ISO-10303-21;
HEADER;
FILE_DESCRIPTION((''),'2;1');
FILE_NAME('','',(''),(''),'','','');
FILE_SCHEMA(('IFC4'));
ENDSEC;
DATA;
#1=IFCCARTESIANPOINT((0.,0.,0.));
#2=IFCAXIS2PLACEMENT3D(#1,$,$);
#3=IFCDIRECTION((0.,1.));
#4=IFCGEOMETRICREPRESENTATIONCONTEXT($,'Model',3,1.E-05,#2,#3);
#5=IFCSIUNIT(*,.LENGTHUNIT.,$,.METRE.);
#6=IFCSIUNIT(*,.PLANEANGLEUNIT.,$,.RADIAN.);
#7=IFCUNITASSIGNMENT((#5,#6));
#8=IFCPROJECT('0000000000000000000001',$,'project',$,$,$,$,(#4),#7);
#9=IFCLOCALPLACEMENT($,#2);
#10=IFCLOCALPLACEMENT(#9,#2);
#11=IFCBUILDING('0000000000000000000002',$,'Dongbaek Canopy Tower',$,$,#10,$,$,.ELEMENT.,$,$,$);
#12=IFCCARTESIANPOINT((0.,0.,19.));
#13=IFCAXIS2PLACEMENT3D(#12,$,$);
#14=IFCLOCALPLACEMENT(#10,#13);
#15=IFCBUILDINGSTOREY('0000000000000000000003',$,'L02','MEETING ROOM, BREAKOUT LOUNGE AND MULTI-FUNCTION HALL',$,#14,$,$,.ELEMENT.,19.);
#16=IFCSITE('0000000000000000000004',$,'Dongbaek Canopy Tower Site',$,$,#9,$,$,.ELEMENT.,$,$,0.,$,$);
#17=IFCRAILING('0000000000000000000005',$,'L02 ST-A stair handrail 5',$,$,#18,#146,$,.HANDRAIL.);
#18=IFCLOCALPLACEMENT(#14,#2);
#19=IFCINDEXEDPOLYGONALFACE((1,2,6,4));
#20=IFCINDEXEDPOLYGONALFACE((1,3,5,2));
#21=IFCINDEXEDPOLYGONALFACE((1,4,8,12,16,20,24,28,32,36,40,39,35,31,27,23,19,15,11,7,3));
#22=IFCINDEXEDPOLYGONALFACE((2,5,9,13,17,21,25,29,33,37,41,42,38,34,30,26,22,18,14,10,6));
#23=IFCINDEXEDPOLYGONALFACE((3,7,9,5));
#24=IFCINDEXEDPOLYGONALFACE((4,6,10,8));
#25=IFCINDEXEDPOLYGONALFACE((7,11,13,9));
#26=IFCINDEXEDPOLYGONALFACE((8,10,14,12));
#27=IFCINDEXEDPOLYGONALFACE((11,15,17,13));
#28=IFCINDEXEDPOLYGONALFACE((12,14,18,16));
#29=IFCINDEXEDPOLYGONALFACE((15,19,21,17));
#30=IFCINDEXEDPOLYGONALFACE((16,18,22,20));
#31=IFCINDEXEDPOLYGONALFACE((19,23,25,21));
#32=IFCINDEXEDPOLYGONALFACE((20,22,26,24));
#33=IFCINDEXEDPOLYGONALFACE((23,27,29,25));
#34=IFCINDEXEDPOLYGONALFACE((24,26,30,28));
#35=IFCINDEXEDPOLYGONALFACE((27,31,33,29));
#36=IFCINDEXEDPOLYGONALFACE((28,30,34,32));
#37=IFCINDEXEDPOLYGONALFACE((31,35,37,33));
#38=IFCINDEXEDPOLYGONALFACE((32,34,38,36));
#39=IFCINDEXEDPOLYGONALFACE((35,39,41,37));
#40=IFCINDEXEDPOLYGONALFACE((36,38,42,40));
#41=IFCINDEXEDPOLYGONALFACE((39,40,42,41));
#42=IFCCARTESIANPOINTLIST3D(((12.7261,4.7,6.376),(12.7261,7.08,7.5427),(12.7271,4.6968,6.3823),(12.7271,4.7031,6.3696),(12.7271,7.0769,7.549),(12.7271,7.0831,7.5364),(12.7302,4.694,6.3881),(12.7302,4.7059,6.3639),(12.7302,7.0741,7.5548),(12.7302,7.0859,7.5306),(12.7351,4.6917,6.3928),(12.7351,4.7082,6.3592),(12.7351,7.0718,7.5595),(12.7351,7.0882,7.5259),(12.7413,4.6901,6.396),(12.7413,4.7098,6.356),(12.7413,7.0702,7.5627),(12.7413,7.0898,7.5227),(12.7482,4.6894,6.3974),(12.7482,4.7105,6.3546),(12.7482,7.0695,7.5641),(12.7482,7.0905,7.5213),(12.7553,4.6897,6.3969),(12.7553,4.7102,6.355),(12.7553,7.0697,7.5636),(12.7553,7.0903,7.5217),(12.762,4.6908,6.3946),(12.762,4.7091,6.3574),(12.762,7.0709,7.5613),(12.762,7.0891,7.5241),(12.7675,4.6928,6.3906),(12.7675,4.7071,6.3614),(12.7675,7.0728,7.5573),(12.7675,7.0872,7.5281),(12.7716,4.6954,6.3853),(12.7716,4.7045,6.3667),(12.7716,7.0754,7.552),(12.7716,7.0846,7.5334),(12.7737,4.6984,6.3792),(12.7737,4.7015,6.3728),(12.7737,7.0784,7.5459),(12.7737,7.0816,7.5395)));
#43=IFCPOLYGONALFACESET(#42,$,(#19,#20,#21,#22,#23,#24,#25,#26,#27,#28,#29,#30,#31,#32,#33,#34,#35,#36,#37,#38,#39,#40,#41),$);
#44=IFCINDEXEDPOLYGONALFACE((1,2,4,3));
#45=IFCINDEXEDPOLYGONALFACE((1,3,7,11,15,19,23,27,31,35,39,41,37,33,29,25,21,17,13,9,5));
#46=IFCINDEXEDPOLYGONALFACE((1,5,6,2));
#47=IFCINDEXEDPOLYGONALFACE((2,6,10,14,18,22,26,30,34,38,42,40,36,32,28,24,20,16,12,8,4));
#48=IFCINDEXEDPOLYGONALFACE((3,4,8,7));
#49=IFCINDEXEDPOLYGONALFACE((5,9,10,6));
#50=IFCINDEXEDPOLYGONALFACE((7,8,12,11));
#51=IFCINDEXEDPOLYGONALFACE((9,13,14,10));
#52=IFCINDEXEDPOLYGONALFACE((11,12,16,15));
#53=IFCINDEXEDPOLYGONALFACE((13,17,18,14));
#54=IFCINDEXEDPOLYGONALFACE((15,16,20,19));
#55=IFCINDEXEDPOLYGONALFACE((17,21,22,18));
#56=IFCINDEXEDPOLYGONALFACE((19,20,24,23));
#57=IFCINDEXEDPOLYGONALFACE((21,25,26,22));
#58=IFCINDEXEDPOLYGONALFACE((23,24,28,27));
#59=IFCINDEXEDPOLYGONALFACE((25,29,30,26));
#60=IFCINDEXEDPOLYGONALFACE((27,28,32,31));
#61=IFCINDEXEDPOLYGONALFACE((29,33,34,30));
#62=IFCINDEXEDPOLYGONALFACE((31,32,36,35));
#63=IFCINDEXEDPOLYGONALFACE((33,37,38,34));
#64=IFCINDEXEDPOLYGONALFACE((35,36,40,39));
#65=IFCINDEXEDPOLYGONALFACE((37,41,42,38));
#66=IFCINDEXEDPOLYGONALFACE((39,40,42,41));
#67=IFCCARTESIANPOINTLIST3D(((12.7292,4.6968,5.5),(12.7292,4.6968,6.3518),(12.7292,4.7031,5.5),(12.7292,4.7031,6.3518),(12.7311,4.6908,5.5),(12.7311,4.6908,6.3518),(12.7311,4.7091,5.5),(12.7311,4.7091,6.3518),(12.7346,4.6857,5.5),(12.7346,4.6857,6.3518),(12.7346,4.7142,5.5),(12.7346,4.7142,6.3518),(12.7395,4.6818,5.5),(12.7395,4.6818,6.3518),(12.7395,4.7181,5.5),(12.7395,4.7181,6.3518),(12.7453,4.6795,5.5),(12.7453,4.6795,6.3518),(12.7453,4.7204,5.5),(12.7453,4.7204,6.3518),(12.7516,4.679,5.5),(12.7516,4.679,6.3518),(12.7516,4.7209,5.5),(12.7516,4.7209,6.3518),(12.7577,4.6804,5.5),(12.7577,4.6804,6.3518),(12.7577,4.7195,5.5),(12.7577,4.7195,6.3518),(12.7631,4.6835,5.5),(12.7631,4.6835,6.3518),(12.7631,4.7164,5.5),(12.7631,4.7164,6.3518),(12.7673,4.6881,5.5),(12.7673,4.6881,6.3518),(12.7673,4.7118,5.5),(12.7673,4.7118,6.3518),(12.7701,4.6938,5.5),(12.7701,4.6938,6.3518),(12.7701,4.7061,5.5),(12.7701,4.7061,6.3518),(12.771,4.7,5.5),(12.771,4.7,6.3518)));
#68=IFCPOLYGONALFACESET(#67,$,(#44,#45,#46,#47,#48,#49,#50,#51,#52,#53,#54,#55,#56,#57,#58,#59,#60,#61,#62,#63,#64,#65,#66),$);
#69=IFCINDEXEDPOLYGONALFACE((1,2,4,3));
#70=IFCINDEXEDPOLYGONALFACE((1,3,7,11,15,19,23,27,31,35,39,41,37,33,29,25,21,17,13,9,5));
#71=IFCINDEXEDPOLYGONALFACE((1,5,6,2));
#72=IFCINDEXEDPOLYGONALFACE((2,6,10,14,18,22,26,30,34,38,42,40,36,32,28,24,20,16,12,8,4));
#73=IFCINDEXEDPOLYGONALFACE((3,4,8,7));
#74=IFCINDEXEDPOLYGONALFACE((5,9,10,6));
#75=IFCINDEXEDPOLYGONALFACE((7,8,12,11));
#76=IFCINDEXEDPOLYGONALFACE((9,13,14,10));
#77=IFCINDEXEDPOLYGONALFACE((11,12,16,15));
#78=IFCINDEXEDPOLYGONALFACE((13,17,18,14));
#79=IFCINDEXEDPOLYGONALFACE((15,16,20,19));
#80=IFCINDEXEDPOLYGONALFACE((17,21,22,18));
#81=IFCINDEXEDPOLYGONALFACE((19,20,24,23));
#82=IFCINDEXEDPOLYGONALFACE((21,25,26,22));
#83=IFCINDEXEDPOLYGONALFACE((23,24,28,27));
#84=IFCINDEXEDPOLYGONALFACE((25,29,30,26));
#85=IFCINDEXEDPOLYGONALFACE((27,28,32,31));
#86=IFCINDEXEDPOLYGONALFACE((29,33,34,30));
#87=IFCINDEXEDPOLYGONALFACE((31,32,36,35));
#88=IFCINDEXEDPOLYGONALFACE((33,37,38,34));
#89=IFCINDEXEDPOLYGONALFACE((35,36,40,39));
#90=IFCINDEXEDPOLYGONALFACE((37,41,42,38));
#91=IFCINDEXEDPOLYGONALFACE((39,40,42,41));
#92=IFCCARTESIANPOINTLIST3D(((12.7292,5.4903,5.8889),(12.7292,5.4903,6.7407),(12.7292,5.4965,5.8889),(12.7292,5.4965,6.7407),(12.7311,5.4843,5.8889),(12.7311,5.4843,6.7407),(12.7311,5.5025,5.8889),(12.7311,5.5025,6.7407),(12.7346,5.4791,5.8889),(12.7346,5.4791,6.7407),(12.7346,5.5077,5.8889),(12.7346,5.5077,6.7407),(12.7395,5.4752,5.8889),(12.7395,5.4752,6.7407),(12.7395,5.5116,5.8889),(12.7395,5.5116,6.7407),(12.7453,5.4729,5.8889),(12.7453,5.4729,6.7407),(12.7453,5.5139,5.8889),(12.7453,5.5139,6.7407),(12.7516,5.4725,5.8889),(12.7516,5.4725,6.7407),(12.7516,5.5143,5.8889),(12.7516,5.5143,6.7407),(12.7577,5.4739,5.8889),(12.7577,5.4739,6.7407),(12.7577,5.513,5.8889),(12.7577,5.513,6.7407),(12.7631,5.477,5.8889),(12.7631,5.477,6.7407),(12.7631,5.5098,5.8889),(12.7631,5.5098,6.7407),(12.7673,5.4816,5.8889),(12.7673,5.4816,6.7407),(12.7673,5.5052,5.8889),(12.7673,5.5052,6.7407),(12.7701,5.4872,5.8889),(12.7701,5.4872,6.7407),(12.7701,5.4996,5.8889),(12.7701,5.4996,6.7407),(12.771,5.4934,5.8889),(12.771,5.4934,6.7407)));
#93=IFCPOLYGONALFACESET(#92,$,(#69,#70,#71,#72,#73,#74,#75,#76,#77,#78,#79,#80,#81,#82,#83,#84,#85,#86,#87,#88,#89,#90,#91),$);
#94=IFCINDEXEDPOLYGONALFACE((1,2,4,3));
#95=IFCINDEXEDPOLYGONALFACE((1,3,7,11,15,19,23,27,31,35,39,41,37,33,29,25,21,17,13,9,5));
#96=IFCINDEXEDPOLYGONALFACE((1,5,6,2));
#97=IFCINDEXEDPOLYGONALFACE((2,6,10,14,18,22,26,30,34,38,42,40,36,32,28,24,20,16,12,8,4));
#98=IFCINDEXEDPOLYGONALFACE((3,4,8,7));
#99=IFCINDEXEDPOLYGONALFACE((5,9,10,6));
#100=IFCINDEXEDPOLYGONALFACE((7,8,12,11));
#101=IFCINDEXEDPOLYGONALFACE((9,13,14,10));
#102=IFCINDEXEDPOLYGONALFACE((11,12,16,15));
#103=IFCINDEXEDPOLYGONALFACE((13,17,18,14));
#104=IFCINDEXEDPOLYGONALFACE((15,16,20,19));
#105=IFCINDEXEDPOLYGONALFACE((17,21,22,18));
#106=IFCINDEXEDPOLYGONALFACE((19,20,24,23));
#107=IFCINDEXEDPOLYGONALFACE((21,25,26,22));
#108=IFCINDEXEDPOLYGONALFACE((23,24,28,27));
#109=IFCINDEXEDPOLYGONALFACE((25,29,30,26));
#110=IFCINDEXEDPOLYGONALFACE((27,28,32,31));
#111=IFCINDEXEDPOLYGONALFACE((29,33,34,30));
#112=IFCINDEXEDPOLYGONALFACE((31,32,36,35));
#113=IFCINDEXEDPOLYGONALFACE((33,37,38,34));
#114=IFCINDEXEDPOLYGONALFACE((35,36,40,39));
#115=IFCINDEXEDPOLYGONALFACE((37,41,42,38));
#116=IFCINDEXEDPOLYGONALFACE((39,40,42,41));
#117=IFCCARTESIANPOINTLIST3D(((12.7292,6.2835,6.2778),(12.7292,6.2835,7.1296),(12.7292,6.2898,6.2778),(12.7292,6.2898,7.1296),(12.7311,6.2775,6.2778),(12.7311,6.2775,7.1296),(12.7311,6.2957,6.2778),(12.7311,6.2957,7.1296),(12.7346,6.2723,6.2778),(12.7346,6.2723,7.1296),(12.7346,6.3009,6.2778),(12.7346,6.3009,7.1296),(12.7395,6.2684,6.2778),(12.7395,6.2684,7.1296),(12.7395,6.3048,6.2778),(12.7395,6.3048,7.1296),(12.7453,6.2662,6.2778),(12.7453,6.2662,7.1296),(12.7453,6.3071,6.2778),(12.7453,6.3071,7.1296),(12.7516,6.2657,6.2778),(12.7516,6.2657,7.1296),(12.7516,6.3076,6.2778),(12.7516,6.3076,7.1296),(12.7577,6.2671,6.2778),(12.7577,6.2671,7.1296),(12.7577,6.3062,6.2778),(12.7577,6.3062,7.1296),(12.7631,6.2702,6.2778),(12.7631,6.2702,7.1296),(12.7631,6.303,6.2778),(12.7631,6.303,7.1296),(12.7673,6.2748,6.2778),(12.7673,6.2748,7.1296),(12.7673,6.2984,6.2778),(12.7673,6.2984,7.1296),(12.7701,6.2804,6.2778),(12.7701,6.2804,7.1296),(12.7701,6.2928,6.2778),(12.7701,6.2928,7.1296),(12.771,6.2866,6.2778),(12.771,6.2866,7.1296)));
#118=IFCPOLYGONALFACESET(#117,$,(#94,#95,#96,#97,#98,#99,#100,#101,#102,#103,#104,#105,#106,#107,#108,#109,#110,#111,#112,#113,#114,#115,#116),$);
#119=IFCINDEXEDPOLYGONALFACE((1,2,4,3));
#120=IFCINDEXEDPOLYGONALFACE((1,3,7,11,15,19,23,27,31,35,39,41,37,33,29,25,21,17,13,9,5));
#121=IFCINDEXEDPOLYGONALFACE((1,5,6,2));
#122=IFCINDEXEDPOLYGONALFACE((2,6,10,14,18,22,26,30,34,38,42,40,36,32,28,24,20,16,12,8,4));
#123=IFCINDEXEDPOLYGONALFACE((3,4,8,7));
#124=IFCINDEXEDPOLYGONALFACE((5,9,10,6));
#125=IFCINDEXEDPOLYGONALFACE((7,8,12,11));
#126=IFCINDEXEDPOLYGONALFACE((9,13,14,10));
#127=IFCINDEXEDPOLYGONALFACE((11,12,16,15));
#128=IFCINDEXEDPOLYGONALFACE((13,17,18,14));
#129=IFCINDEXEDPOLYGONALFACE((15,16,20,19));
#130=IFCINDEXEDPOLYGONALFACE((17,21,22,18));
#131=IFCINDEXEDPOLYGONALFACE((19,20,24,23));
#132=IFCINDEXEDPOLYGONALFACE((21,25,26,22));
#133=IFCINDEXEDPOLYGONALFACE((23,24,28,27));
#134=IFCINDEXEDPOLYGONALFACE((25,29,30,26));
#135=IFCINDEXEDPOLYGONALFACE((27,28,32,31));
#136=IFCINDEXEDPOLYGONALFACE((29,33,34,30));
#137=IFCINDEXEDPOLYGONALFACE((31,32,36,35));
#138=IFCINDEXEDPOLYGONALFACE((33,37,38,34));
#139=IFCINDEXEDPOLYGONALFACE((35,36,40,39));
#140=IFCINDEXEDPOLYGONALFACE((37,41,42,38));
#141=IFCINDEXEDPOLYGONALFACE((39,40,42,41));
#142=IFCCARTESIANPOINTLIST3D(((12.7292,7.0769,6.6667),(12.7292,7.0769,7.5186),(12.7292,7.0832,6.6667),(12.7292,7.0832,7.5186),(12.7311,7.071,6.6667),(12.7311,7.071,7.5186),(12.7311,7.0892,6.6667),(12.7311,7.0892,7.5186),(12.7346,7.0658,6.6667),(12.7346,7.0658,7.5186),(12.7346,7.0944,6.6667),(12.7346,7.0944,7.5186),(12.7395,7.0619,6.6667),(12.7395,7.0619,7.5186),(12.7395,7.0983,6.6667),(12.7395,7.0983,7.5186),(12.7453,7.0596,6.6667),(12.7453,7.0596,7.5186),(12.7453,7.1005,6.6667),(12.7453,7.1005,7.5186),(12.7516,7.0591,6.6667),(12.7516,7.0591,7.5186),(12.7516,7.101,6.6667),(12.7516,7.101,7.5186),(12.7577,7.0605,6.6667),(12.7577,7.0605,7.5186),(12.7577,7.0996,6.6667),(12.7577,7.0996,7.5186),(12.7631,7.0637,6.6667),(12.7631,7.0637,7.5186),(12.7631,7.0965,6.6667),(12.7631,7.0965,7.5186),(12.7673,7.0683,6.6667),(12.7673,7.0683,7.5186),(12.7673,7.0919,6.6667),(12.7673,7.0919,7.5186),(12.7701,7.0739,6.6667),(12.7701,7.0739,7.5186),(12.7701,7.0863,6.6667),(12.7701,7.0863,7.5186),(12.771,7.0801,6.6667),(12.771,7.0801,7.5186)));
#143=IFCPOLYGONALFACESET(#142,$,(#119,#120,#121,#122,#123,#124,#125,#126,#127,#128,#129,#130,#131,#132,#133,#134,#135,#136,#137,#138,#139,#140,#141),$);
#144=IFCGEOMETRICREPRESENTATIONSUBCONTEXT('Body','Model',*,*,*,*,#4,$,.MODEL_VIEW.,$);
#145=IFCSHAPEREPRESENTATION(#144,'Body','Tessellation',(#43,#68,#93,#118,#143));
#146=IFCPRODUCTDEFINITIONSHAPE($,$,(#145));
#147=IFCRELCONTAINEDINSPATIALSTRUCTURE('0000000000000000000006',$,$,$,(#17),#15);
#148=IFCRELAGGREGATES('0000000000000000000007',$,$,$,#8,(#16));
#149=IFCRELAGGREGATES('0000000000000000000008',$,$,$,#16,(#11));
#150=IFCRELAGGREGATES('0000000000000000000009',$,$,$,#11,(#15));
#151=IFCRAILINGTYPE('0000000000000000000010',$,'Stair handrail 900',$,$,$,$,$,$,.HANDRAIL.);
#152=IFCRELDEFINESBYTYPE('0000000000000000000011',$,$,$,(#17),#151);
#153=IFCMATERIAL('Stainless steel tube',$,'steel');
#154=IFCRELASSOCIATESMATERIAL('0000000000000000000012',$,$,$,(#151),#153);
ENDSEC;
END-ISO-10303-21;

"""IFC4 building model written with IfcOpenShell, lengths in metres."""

from ifc_helpers import new_model, si_unit, direction, frame, origin, origin_2d, place, context, subcontext, project, spatial, circle, extrude, material, type_object, element, save


model = new_model("IFC4")

# Units and contexts
model_context = context("Model", 3, precision=1e-05, world=origin(), true_north=direction((0.0, 1.0)))
body_context = subcontext(model_context, "Body", "Model", "MODEL_VIEW")
ifc_project = project(units=[si_unit("LENGTHUNIT", "METRE"), si_unit("PLANEANGLEUNIT", "RADIAN")], contexts=[model_context])

# Site, building, storey
site_placement = place(None, origin())
site = spatial("IfcSite", under=ifc_project, at=site_placement, Name="Dongbaek Canopy Tower Site", CompositionType="ELEMENT", RefElevation=0.0)
building_placement = place(site_placement, origin())
building = spatial("IfcBuilding", under=site, at=building_placement, Name="Dongbaek Canopy Tower", CompositionType="ELEMENT")
storey_placement = place(building_placement, frame((0.0, 0.0, 19.0)))
storey = spatial("IfcBuildingStorey", under=building, at=storey_placement, Name="L02", Description="MEETING ROOM, BREAKOUT LOUNGE AND MULTI-FUNCTION HALL", CompositionType="ELEMENT", Elevation=19.0)

# Railing
ifc_material_1 = material(Name="Stainless steel tube", Category="steel")
railing_type_1 = type_object("IfcRailingType", Name="Stair handrail 900", PredefinedType="HANDRAIL", material=ifc_material_1)
for number, where, name in (
    (1, (12.75, 4.7, 5.5), "L02 ST-A stair handrail 5"),
):
    element("IfcRailing", number, at=place(storey_placement, frame(where)), inside=storey, type_object=railing_type_1, Name=name, PredefinedType="HANDRAIL", context=body_context, shape_type="SweptSolid", body=[
        extrude(circle(Radius=0.0239, at=origin_2d()), frame((0.0, 0.0, 0.876), z_axis=(0.0, 0.897918, 0.440163), x_axis=(-1.0, 0.0, 0.0)), (0.0, 0.0, 1.0), 2.6506),
        extrude(circle(Radius=0.021, at=origin_2d()), origin(), (0.0, 0.0, 1.0), 0.8518),
        extrude(circle(Radius=0.021, at=origin_2d()), frame((0.0, 0.7935, 0.3889)), (0.0, 0.0, 1.0), 0.8518),
        extrude(circle(Radius=0.021, at=origin_2d()), frame((0.0, 1.5867, 0.7778)), (0.0, 0.0, 1.0), 0.8518),
        extrude(circle(Radius=0.021, at=origin_2d()), frame((0.0, 2.3801, 1.1667)), (0.0, 0.0, 1.0), 0.8518),
    ])

save(model, "model.ifc")
